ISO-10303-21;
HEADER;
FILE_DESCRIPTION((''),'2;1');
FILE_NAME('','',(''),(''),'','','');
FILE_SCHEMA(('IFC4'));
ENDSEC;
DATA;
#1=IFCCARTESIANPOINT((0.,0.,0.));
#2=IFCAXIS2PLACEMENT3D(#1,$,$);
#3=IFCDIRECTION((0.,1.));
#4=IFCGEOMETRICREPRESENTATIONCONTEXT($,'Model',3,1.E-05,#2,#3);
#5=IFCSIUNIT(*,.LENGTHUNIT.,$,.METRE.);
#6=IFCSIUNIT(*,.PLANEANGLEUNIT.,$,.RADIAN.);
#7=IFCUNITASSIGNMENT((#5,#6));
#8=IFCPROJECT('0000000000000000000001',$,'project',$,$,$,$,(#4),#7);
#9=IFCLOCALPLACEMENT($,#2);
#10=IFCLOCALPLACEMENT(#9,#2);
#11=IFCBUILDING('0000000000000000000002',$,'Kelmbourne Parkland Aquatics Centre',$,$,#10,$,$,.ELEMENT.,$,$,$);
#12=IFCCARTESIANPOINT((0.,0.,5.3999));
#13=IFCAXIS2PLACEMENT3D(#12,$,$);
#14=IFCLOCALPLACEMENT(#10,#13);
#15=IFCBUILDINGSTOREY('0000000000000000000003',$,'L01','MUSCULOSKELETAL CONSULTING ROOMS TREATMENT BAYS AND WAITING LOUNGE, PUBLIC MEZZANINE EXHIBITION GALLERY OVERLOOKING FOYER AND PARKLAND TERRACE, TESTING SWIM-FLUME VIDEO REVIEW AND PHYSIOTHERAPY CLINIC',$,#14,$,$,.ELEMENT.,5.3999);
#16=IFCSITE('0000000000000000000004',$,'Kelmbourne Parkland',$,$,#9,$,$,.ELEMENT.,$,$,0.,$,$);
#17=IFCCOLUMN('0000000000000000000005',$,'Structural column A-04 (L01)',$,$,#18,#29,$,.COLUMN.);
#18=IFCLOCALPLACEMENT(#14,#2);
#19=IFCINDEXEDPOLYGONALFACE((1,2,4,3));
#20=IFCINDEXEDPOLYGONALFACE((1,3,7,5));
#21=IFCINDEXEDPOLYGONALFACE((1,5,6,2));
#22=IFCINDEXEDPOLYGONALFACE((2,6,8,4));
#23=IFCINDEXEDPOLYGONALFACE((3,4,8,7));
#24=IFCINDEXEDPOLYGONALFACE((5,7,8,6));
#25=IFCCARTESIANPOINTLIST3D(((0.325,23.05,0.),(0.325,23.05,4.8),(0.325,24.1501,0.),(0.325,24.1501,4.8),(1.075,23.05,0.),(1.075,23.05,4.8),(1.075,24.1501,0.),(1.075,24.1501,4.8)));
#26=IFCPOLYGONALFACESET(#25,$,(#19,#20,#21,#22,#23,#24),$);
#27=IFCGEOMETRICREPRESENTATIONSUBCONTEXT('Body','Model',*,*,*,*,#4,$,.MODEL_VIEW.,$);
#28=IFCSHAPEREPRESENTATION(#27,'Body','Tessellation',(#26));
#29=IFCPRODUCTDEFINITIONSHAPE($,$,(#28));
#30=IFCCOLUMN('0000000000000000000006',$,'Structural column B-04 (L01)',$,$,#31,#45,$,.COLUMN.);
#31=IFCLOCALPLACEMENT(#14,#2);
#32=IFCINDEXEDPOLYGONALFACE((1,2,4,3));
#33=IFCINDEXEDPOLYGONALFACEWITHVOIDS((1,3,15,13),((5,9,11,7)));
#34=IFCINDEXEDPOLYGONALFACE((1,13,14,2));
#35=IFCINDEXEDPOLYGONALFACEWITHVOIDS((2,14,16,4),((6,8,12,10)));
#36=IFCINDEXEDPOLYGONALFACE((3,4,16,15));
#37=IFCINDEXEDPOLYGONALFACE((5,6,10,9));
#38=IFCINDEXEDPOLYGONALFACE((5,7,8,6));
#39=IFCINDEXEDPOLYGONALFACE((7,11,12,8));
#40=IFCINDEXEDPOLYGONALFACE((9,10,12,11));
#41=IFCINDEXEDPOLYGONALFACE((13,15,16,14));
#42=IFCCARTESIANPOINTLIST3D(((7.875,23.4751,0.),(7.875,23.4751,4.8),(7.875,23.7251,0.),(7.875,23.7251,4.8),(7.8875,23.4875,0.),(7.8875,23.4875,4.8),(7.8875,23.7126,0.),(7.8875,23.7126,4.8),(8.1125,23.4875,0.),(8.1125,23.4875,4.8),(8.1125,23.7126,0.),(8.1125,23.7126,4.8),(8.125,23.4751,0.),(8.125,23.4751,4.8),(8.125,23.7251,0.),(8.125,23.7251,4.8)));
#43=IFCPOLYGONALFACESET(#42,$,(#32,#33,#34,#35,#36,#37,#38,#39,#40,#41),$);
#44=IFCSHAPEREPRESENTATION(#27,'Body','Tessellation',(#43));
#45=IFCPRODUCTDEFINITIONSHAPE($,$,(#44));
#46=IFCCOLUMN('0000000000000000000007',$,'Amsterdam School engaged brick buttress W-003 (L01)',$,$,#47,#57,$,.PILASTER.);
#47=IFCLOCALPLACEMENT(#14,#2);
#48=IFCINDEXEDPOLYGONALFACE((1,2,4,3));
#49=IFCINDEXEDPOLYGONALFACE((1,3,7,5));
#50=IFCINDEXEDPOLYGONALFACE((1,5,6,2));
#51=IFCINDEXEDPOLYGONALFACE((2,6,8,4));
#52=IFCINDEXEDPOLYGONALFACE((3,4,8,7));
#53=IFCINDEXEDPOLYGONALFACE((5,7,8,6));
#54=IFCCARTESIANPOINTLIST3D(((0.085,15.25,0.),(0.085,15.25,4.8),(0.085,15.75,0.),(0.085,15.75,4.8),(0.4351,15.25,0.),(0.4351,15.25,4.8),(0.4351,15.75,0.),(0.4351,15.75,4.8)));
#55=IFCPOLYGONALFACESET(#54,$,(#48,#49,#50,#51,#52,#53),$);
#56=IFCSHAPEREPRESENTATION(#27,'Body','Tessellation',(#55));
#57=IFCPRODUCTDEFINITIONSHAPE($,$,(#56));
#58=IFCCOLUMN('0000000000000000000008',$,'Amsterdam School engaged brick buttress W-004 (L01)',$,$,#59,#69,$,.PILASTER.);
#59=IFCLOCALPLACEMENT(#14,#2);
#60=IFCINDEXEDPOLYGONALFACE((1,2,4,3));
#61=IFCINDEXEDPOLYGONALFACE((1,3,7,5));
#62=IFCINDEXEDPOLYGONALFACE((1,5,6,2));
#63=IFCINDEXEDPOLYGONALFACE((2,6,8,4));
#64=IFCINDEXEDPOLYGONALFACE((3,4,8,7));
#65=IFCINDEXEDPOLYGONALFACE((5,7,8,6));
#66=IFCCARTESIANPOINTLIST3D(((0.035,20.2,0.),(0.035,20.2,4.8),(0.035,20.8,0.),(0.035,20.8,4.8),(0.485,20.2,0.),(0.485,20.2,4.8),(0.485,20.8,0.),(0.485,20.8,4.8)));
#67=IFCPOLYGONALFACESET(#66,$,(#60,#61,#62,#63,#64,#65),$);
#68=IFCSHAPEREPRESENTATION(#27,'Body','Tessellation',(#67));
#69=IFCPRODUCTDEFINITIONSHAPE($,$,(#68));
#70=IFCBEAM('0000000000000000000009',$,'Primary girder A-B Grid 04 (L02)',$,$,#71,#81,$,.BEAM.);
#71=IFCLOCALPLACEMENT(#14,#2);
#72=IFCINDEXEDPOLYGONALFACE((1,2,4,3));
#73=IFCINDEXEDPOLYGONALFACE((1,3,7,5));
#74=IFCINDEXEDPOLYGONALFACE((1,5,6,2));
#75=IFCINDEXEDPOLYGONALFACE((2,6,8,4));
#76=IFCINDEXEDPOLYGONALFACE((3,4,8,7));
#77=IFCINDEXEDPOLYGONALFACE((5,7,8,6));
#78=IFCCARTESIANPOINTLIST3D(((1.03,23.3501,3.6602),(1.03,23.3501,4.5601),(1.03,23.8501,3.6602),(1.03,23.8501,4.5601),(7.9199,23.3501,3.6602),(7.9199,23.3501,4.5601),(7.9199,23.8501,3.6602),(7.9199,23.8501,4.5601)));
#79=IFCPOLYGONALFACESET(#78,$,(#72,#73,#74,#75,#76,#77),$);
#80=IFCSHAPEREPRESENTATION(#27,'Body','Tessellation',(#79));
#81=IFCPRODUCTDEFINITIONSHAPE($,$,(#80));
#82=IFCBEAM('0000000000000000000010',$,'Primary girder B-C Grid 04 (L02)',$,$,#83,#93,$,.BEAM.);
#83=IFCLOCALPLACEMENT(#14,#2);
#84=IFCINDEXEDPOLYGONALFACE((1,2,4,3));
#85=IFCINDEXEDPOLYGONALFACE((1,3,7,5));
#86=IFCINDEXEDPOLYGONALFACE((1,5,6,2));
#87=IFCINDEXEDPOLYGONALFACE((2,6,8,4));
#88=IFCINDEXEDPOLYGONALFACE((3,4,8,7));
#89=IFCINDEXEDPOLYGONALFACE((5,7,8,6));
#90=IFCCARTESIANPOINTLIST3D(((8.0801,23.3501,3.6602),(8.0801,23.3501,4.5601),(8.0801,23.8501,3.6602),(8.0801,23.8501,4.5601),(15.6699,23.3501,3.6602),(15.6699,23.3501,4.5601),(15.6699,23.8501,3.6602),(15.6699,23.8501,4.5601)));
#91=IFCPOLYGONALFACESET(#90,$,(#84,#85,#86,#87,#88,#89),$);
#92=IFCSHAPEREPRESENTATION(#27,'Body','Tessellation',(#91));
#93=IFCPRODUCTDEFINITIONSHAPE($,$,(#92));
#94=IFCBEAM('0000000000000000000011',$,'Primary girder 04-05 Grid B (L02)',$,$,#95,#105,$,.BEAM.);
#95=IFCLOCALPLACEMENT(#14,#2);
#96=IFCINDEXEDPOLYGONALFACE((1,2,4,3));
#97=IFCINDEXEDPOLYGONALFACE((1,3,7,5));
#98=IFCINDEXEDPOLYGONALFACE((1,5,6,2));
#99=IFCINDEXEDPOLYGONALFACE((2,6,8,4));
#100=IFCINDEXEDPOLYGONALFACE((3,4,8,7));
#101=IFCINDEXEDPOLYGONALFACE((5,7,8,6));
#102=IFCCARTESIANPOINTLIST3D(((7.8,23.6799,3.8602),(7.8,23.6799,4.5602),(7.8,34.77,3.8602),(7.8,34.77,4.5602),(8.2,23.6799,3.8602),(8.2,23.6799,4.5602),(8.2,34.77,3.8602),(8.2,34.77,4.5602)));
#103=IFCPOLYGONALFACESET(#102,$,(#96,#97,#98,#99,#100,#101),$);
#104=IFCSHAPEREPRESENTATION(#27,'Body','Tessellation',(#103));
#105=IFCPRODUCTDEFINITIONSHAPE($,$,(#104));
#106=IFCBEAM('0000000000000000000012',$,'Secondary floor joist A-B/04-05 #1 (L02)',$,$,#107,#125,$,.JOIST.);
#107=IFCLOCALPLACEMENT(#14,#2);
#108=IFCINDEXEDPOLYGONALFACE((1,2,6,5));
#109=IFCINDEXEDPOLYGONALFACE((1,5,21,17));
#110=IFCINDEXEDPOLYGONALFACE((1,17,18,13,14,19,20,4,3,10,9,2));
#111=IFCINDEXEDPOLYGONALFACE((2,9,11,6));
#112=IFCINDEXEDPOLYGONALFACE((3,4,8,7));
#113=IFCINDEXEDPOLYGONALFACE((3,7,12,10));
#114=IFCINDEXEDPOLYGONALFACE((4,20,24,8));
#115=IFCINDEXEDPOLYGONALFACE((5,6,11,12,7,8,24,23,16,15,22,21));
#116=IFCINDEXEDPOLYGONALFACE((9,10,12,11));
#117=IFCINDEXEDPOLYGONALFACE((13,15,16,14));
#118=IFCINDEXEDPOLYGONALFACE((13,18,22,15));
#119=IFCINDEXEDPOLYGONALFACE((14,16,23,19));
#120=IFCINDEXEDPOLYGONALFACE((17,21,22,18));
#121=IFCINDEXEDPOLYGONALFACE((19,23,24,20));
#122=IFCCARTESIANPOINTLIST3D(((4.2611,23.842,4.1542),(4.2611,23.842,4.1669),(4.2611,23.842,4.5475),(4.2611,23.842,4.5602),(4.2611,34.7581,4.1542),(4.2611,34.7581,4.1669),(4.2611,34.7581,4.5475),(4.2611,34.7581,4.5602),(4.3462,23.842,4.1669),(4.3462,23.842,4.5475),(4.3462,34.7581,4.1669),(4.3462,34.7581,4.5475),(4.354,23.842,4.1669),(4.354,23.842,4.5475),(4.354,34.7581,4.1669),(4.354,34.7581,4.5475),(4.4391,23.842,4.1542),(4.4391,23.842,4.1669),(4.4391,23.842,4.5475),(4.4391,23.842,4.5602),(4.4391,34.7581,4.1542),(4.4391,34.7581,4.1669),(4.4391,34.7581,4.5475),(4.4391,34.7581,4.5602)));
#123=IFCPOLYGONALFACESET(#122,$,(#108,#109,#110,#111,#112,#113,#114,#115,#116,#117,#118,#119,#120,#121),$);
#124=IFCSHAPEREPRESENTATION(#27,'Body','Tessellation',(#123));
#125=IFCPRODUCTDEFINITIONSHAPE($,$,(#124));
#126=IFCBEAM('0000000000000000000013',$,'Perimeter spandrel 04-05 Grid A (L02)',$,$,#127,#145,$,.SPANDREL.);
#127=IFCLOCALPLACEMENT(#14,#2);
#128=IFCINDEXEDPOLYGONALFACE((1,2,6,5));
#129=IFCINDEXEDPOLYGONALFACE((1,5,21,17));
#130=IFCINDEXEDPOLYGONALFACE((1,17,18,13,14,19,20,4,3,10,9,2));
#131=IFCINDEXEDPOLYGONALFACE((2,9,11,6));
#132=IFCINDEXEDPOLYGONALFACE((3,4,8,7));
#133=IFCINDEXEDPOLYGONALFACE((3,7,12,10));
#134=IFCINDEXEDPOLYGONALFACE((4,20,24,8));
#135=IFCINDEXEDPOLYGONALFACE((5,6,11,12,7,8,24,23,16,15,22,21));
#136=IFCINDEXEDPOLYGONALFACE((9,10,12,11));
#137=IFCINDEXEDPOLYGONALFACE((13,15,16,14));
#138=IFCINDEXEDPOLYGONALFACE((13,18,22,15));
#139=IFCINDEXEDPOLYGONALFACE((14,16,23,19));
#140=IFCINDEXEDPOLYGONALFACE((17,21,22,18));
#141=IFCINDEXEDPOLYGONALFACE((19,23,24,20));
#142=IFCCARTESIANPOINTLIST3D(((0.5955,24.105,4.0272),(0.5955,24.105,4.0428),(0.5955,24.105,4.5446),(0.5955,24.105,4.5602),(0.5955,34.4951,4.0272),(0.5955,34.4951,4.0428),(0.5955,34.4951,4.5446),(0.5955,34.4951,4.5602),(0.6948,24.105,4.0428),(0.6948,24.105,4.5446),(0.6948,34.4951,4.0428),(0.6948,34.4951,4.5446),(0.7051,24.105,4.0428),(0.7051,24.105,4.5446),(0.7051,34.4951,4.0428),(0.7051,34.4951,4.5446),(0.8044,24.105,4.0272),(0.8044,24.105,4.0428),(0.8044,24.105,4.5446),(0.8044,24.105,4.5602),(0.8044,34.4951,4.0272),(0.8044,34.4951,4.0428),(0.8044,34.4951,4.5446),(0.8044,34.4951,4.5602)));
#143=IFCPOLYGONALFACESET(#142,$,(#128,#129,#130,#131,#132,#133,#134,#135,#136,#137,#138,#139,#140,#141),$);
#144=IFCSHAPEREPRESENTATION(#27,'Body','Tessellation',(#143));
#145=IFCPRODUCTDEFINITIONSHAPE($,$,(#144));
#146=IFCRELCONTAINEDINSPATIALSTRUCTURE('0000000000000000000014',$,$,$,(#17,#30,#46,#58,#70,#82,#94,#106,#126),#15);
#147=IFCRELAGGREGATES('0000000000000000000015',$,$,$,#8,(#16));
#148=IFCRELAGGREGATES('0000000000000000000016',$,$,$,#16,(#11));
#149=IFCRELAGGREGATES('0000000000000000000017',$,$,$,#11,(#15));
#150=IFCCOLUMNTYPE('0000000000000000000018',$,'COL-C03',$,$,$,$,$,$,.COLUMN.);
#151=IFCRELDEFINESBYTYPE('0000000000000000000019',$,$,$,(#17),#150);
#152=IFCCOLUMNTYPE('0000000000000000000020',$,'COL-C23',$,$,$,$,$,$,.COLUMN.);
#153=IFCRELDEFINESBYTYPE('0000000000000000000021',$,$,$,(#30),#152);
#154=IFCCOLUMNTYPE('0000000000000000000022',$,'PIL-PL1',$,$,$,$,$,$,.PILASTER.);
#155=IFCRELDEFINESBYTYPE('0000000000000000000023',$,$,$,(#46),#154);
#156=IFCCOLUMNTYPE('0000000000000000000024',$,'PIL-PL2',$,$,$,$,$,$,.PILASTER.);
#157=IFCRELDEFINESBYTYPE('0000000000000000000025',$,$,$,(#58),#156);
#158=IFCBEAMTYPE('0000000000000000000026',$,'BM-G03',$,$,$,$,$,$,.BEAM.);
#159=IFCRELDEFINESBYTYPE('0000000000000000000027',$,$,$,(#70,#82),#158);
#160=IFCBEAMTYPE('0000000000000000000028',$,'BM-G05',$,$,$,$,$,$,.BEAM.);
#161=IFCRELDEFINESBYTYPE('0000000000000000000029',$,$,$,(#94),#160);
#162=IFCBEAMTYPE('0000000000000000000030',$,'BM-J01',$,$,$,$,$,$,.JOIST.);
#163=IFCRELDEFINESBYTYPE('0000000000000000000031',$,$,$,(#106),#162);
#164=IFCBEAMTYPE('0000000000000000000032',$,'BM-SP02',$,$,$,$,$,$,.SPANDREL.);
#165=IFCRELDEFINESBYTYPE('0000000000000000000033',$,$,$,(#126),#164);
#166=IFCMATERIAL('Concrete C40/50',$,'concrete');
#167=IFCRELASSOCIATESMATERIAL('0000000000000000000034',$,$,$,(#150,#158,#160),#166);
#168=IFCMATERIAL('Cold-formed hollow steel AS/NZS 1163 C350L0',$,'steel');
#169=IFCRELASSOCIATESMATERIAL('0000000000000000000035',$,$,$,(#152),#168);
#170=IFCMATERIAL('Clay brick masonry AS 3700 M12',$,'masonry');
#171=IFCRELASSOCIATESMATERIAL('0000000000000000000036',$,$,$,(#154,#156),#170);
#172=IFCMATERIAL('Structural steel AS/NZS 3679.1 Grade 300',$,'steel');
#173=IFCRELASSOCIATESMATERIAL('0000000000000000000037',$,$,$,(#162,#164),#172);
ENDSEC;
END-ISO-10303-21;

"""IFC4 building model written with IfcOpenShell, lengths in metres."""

from ifc_helpers import new_model, si_unit, direction, frame, origin, origin_2d, place, context, subcontext, project, spatial, rectangle, hollow_rectangle, i_section, extrude, material, material_profile, profile_set, type_object, element, save


model = new_model("IFC4")

# Units and contexts
model_context = context("Model", 3, precision=1e-05, world=origin(), true_north=direction((0.0, 1.0)))
body_context = subcontext(model_context, "Body", "Model", "MODEL_VIEW")
ifc_project = project(units=[si_unit("LENGTHUNIT", "METRE"), si_unit("PLANEANGLEUNIT", "RADIAN")], contexts=[model_context])

# Site, building, storey
site_placement = place(None, origin())
site = spatial("IfcSite", under=ifc_project, at=site_placement, Name="Kelmbourne Parkland", CompositionType="ELEMENT", RefElevation=0.0)
building_placement = place(site_placement, origin())
building = spatial("IfcBuilding", under=site, at=building_placement, Name="Kelmbourne Parkland Aquatics Centre", CompositionType="ELEMENT")
storey_placement = place(building_placement, frame((0.0, 0.0, 5.3999)))
storey = spatial("IfcBuildingStorey", under=building, at=storey_placement, Name="L01", Description="MUSCULOSKELETAL CONSULTING ROOMS TREATMENT BAYS AND WAITING LOUNGE, PUBLIC MEZZANINE EXHIBITION GALLERY OVERLOOKING FOYER AND PARKLAND TERRACE, TESTING SWIM-FLUME VIDEO REVIEW AND PHYSIOTHERAPY CLINIC", CompositionType="ELEMENT", Elevation=5.3999)

# Columns
ifc_material_1 = material(Name="Concrete C40/50", Category="concrete")
ifc_material_profile_1 = material_profile(ifc_material_1, rectangle(XDim=0.75, YDim=1.1001, at=origin_2d()), Name="RC 750x1100")
ifc_profile_set_1 = profile_set([ifc_material_profile_1], Name="Concrete C40/50")
column_type_1 = type_object("IfcColumnType", Name="COL-C03", PredefinedType="COLUMN", material=ifc_profile_set_1)
column_1_placement = place(storey_placement, frame((0.7, 23.6001, 0.0), z_axis=(0.0, 0.0, 1.0), x_axis=(1.0, 0.0, 0.0)))
element("IfcColumn", 1, at=column_1_placement, inside=storey, type_object=column_type_1, Name="Structural column A-04 (L01)", PredefinedType="COLUMN", context=body_context, shape_type="SweptSolid", body=[
    extrude(rectangle(XDim=0.75, YDim=1.1001, at=origin_2d()), origin(), (0.0, 0.0, 1.0), 4.8),
])
ifc_material_2 = material(Name="Cold-formed hollow steel AS/NZS 1163 C350L0", Category="steel")
ifc_material_profile_2 = material_profile(ifc_material_2, hollow_rectangle(XDim=0.25, YDim=0.25, WallThickness=0.0125, at=origin_2d()), Name="SHS 250x250x12.5")
ifc_profile_set_2 = profile_set([ifc_material_profile_2], Name="Cold-formed hollow steel AS/NZS 1163 C350L0")
column_type_2 = type_object("IfcColumnType", Name="COL-C23", PredefinedType="COLUMN", material=ifc_profile_set_2)
column_2_placement = place(storey_placement, frame((8.0, 23.6001, 0.0), z_axis=(0.0, 0.0, 1.0), x_axis=(1.0, 0.0, 0.0)))
element("IfcColumn", 2, at=column_2_placement, inside=storey, type_object=column_type_2, Name="Structural column B-04 (L01)", PredefinedType="COLUMN", context=body_context, shape_type="SweptSolid", body=[
    extrude(hollow_rectangle(XDim=0.25, YDim=0.25, WallThickness=0.0125, at=origin_2d()), origin(), (0.0, 0.0, 1.0), 4.8),
])
ifc_material_3 = material(Name="Clay brick masonry AS 3700 M12", Category="masonry")
ifc_material_profile_3 = material_profile(ifc_material_3, rectangle(XDim=0.3501, YDim=0.5, at=origin_2d()), Name="PIL 350x500")
ifc_profile_set_3 = profile_set([ifc_material_profile_3], Name="Clay brick masonry AS 3700 M12")
column_type_3 = type_object("IfcColumnType", Name="PIL-PL1", PredefinedType="PILASTER", material=ifc_profile_set_3)
column_3_placement = place(storey_placement, frame((0.26, 15.5, 0.0), z_axis=(0.0, 0.0, 1.0), x_axis=(1.0, 0.0, 0.0)))
element("IfcColumn", 3, at=column_3_placement, inside=storey, type_object=column_type_3, Name="Amsterdam School engaged brick buttress W-003 (L01)", PredefinedType="PILASTER", context=body_context, shape_type="SweptSolid", body=[
    extrude(rectangle(XDim=0.3501, YDim=0.5, at=origin_2d()), origin(), (0.0, 0.0, 1.0), 4.8),
])
ifc_material_profile_4 = material_profile(ifc_material_3, rectangle(XDim=0.45, YDim=0.6001, at=origin_2d()), Name="PIL 450x600")
ifc_profile_set_4 = profile_set([ifc_material_profile_4], Name="Clay brick masonry AS 3700 M12")
column_type_4 = type_object("IfcColumnType", Name="PIL-PL2", PredefinedType="PILASTER", material=ifc_profile_set_4)
column_4_placement = place(storey_placement, frame((0.26, 20.5, 0.0), z_axis=(0.0, 0.0, 1.0), x_axis=(1.0, 0.0, 0.0)))
element("IfcColumn", 4, at=column_4_placement, inside=storey, type_object=column_type_4, Name="Amsterdam School engaged brick buttress W-004 (L01)", PredefinedType="PILASTER", context=body_context, shape_type="SweptSolid", body=[
    extrude(rectangle(XDim=0.45, YDim=0.6001, at=origin_2d()), origin(), (0.0, 0.0, 1.0), 4.8),
])

# Beams
ifc_material_profile_5 = material_profile(ifc_material_1, rectangle(XDim=0.5, YDim=0.8999, at=origin_2d()), Name="RC 500x900")
ifc_profile_set_5 = profile_set([ifc_material_profile_5], Name="Concrete C40/50")
beam_type_1 = type_object("IfcBeamType", Name="BM-G03", PredefinedType="BEAM", material=ifc_profile_set_5)
beam_1_placement = place(storey_placement, frame((1.03, 23.6001, 4.1101), z_axis=(1.0, 0.0, 0.0), x_axis=(0.0, 1.0, 0.0)))
element("IfcBeam", 5, at=beam_1_placement, inside=storey, type_object=beam_type_1, Name="Primary girder A-B Grid 04 (L02)", PredefinedType="BEAM", context=body_context, shape_type="SweptSolid", body=[
    extrude(rectangle(XDim=0.5, YDim=0.8999, at=origin_2d()), origin(), (0.0, 0.0, 1.0), 6.8899),
])
beam_2_placement = place(storey_placement, frame((8.0801, 23.6001, 4.1101), z_axis=(1.0, 0.0, 0.0), x_axis=(0.0, 1.0, 0.0)))
element("IfcBeam", 6, at=beam_2_placement, inside=storey, type_object=beam_type_1, Name="Primary girder B-C Grid 04 (L02)", PredefinedType="BEAM", context=body_context, shape_type="SweptSolid", body=[
    extrude(rectangle(XDim=0.5, YDim=0.8999, at=origin_2d()), origin(), (0.0, 0.0, 1.0), 7.5898),
])
ifc_material_profile_6 = material_profile(ifc_material_1, rectangle(XDim=0.3999, YDim=0.7, at=origin_2d()), Name="RC 400x700")
ifc_profile_set_6 = profile_set([ifc_material_profile_6], Name="Concrete C40/50")
beam_type_2 = type_object("IfcBeamType", Name="BM-G05", PredefinedType="BEAM", material=ifc_profile_set_6)
beam_3_placement = place(storey_placement, frame((8.0, 23.6799, 4.2102), z_axis=(0.0, 1.0, 0.0), x_axis=(-1.0, 0.0, 0.0)))
element("IfcBeam", 7, at=beam_3_placement, inside=storey, type_object=beam_type_2, Name="Primary girder 04-05 Grid B (L02)", PredefinedType="BEAM", context=body_context, shape_type="SweptSolid", body=[
    extrude(rectangle(XDim=0.3999, YDim=0.7, at=origin_2d()), origin(), (0.0, 0.0, 1.0), 11.0901),
])
ifc_material_4 = material(Name="Structural steel AS/NZS 3679.1 Grade 300", Category="steel")
ifc_material_profile_7 = material_profile(ifc_material_4, i_section(OverallWidth=0.178, OverallDepth=0.406, WebThickness=0.0078, FlangeThickness=0.0127, at=origin_2d()), Name="410UB59.7")
ifc_profile_set_7 = profile_set([ifc_material_profile_7], Name="Structural steel AS/NZS 3679.1 Grade 300")
beam_type_3 = type_object("IfcBeamType", Name="BM-J01", PredefinedType="JOIST", material=ifc_profile_set_7)
beam_4_placement = place(storey_placement, frame((4.3501, 23.842, 4.3572), z_axis=(0.0, 1.0, 0.0), x_axis=(-1.0, 0.0, 0.0)))
element("IfcBeam", 8, at=beam_4_placement, inside=storey, type_object=beam_type_3, Name="Secondary floor joist A-B/04-05 #1 (L02)", PredefinedType="JOIST", context=body_context, shape_type="SweptSolid", body=[
    extrude(i_section(OverallWidth=0.178, OverallDepth=0.406, WebThickness=0.0078, FlangeThickness=0.0127, at=origin_2d()), origin(), (0.0, 0.0, 1.0), 10.916),
])
ifc_material_profile_8 = material_profile(ifc_material_4, i_section(OverallWidth=0.209, OverallDepth=0.533, WebThickness=0.0103, FlangeThickness=0.0156, at=origin_2d()), Name="530UB92.4")
ifc_profile_set_8 = profile_set([ifc_material_profile_8], Name="Structural steel AS/NZS 3679.1 Grade 300")
beam_type_4 = type_object("IfcBeamType", Name="BM-SP02", PredefinedType="SPANDREL", material=ifc_profile_set_8)
beam_5_placement = place(storey_placement, frame((0.7, 24.105, 4.2937), z_axis=(0.0, 1.0, 0.0), x_axis=(-1.0, 0.0, 0.0)))
element("IfcBeam", 9, at=beam_5_placement, inside=storey, type_object=beam_type_4, Name="Perimeter spandrel 04-05 Grid A (L02)", PredefinedType="SPANDREL", context=body_context, shape_type="SweptSolid", body=[
    extrude(i_section(OverallWidth=0.209, OverallDepth=0.533, WebThickness=0.0103, FlangeThickness=0.0156, at=origin_2d()), origin(), (0.0, 0.0, 1.0), 10.3901),
])

save(model, "model.ifc")
